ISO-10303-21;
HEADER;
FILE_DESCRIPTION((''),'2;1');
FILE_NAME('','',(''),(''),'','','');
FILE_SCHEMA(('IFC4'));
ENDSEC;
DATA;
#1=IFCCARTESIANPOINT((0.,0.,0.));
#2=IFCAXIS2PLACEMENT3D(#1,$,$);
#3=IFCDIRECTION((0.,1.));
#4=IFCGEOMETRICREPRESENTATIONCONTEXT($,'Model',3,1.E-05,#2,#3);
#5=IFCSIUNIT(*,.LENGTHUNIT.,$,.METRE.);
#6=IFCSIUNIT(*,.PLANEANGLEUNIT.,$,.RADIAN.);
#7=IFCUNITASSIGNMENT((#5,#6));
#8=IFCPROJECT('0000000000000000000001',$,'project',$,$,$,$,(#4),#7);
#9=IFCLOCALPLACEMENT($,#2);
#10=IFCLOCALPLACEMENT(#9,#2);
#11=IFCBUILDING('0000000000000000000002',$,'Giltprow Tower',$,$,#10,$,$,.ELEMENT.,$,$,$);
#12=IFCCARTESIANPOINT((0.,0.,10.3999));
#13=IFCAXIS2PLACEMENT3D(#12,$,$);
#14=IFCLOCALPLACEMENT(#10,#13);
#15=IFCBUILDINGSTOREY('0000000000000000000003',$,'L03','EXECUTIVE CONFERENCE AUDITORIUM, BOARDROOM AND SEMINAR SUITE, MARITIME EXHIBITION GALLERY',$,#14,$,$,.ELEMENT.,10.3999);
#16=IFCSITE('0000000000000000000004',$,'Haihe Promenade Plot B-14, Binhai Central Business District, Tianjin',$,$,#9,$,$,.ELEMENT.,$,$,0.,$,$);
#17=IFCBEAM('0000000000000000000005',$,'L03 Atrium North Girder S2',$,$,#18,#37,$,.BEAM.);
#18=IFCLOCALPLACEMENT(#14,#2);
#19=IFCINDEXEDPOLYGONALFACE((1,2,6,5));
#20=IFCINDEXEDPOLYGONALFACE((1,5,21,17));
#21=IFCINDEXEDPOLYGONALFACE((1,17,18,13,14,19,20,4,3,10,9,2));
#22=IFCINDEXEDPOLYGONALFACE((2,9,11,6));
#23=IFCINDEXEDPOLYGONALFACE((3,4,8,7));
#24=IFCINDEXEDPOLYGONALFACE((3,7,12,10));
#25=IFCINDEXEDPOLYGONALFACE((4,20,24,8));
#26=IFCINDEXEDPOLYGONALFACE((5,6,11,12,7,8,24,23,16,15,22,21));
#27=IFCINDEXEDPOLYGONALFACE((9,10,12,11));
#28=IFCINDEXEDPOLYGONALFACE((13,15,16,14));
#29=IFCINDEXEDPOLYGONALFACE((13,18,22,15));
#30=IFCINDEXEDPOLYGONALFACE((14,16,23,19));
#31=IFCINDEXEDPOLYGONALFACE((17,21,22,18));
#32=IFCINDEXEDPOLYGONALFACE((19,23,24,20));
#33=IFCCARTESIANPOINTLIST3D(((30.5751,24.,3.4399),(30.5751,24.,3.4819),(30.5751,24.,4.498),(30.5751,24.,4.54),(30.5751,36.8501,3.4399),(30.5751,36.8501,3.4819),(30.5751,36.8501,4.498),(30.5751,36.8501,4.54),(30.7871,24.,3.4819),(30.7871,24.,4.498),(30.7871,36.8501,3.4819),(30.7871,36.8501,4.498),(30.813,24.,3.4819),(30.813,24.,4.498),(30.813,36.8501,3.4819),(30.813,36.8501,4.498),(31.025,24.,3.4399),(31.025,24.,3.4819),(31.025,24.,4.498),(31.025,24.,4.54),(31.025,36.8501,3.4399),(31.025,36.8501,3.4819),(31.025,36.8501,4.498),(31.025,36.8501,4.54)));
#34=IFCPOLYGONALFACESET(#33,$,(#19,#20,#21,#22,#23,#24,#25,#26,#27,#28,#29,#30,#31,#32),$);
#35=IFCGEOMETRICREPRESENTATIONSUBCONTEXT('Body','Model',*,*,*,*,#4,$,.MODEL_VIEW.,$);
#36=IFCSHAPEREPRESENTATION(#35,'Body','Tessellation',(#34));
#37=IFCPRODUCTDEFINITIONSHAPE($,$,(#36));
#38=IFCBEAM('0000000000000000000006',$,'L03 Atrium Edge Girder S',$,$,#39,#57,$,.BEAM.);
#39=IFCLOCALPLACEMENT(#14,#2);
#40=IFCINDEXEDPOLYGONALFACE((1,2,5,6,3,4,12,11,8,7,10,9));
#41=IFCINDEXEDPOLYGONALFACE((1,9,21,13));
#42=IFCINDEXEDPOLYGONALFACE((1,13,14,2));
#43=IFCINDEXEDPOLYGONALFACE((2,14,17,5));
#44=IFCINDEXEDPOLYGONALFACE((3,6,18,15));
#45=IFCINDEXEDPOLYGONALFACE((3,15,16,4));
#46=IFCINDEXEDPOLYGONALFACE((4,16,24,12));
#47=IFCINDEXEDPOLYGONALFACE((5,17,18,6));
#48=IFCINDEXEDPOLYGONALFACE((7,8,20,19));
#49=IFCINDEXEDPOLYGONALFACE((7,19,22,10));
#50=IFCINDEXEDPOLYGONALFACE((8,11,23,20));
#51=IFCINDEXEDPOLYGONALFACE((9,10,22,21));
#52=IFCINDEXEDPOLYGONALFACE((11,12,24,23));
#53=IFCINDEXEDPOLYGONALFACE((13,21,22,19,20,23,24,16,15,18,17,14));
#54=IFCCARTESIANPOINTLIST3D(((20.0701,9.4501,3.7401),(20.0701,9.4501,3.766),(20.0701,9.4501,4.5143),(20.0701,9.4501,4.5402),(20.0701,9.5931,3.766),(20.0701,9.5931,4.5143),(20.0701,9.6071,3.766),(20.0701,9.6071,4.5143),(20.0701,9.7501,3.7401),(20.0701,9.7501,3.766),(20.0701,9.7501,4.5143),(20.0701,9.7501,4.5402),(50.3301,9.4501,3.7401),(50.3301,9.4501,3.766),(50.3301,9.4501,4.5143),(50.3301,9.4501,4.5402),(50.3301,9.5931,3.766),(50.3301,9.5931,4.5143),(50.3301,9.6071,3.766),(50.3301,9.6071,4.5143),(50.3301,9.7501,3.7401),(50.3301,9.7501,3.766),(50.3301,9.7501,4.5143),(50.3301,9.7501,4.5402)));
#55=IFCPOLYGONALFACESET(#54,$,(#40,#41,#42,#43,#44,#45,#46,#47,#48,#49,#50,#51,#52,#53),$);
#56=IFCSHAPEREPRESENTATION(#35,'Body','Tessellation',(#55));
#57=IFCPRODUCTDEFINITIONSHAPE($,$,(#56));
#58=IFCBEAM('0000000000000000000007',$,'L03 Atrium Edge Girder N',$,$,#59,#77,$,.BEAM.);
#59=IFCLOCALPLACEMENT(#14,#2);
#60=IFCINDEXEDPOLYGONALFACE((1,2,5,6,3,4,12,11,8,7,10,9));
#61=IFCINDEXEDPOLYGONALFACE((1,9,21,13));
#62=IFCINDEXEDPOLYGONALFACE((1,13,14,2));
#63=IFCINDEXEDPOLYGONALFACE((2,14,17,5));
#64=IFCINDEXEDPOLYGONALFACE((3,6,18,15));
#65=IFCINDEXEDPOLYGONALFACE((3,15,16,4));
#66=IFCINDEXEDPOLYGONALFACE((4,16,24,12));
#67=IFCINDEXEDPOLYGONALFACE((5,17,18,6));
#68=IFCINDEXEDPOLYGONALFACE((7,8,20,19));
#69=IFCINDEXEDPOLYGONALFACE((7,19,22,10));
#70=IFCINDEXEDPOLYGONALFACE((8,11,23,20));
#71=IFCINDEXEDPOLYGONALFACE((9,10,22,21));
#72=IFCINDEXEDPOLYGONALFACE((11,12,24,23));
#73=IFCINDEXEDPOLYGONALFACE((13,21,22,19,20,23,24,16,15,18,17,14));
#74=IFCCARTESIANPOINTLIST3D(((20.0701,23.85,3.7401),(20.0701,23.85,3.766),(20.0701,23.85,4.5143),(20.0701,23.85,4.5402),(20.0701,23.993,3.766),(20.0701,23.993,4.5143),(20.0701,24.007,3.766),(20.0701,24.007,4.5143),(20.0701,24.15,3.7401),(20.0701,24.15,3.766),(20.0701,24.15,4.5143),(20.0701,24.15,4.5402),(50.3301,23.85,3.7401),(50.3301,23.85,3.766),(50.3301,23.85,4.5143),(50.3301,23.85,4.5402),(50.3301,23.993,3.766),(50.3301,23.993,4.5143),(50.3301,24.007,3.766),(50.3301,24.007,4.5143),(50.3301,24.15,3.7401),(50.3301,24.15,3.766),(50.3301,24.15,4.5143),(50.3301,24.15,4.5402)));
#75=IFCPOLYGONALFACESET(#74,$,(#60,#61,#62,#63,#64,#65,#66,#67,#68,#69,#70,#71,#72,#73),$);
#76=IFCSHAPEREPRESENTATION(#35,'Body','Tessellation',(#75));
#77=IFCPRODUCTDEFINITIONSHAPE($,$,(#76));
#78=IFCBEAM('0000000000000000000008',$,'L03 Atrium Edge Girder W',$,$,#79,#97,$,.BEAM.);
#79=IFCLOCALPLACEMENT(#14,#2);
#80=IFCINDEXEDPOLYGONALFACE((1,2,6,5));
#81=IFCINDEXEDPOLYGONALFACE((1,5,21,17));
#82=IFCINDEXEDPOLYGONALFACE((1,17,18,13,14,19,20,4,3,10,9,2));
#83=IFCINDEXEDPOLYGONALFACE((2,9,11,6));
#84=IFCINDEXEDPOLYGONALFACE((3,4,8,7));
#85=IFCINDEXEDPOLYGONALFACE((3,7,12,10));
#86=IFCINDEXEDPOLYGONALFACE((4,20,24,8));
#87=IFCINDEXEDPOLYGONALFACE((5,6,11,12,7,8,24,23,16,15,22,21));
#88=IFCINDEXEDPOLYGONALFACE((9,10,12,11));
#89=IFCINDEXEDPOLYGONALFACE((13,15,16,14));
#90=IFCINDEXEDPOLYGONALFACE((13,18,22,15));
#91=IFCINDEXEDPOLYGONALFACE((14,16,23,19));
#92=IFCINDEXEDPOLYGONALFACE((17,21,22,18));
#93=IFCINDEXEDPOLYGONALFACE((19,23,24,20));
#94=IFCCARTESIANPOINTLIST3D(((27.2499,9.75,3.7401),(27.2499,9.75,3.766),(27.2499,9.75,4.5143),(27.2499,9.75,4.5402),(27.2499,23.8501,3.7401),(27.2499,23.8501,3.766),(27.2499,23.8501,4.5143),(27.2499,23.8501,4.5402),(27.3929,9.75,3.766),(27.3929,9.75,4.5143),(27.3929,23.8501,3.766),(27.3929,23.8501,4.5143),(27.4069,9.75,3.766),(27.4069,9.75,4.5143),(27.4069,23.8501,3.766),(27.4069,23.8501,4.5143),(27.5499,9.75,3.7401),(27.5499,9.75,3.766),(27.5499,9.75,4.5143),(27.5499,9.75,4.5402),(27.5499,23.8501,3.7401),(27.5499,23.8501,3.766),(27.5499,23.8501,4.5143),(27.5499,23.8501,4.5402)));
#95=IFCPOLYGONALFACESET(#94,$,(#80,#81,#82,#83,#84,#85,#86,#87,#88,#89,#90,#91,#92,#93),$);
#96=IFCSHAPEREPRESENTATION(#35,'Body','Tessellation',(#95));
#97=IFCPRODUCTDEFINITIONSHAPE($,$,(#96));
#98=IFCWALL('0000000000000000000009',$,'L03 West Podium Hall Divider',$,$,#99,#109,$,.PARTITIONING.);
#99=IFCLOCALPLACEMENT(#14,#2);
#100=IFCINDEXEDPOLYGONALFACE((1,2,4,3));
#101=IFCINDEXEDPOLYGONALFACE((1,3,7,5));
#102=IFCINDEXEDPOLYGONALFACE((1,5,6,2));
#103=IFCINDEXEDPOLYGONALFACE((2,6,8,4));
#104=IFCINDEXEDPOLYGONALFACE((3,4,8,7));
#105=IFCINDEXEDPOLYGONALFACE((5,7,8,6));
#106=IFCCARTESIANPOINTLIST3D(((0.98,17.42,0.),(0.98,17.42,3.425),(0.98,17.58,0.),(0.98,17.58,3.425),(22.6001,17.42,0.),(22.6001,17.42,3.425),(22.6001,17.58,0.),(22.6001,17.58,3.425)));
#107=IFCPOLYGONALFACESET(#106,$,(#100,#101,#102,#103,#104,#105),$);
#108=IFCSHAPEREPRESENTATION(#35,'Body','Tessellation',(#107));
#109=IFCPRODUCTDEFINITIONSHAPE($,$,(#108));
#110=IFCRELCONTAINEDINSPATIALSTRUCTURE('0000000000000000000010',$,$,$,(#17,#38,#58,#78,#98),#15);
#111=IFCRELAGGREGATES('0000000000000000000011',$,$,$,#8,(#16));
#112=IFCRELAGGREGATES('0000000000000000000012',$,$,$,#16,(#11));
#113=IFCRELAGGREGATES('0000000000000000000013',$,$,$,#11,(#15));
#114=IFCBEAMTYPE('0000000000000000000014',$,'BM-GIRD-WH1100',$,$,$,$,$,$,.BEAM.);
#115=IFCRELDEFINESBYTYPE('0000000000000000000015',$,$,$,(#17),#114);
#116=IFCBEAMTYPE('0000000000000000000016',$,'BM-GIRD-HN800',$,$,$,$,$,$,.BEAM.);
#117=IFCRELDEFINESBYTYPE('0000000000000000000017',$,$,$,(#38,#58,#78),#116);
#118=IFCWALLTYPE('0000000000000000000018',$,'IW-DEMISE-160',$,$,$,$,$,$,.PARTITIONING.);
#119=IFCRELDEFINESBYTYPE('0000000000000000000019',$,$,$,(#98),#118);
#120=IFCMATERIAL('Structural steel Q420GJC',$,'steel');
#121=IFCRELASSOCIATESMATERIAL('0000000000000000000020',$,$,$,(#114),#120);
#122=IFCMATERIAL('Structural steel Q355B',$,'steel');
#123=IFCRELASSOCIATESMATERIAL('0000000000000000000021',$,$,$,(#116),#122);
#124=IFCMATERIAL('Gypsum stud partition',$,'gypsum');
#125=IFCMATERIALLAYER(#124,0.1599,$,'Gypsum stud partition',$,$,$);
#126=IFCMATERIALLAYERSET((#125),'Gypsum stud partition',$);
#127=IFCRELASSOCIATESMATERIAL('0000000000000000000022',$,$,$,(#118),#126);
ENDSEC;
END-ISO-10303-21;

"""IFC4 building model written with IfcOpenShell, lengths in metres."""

from ifc_helpers import new_model, si_unit, direction, frame, frame_2d, origin, origin_2d, place, context, subcontext, project, spatial, rectangle, i_section, extrude, source, transform, mapped, material, layer, layer_set, material_profile, profile_set, type_object, element, save


model = new_model("IFC4")

# Units and contexts
model_context = context("Model", 3, precision=1e-05, world=origin(), true_north=direction((0.0, 1.0)))
body_context = subcontext(model_context, "Body", "Model", "MODEL_VIEW")
ifc_project = project(units=[si_unit("LENGTHUNIT", "METRE"), si_unit("PLANEANGLEUNIT", "RADIAN")], contexts=[model_context])

# Site, building, storey
site_placement = place(None, origin())
site = spatial("IfcSite", under=ifc_project, at=site_placement, Name="Haihe Promenade Plot B-14, Binhai Central Business District, Tianjin", CompositionType="ELEMENT", RefElevation=0.0)
building_placement = place(site_placement, origin())
building = spatial("IfcBuilding", under=site, at=building_placement, Name="Giltprow Tower", CompositionType="ELEMENT")
storey_placement = place(building_placement, frame((0.0, 0.0, 10.3999)))
storey = spatial("IfcBuildingStorey", under=building, at=storey_placement, Name="L03", Description="EXECUTIVE CONFERENCE AUDITORIUM, BOARDROOM AND SEMINAR SUITE, MARITIME EXHIBITION GALLERY", CompositionType="ELEMENT", Elevation=10.3999)

# Shared definitions
ifc_material_1 = material(Name="Structural steel Q420GJC", Category="steel")

# Beams
ifc_material_profile_1 = material_profile(ifc_material_1, i_section(OverallWidth=0.45, OverallDepth=1.1001, WebThickness=0.0259, FlangeThickness=0.042, at=origin_2d()), Name="WH 1100x450x26x42")
ifc_profile_set_1 = profile_set([ifc_material_profile_1], Name="Structural steel Q420GJC")
beam_type_1 = type_object("IfcBeamType", Name="BM-GIRD-WH1100", PredefinedType="BEAM", material=ifc_profile_set_1)
shared_shape_1 = source(origin(), body_context, "Body", "SweptSolid", [
    extrude(i_section(OverallWidth=0.45, OverallDepth=1.1001, WebThickness=0.0259, FlangeThickness=0.042, at=origin_2d()), origin(), (0.0, 0.0, 1.0), 12.8501),
])
beam_1_placement = place(storey_placement, frame((30.8, 24.0, 3.99), z_axis=(0.0, 1.0, 0.0), x_axis=(-1.0, 0.0, 0.0)))
element("IfcBeam", 1, at=beam_1_placement, inside=storey, type_object=beam_type_1, Name="L03 Atrium North Girder S2", PredefinedType="BEAM", context=body_context, shape_type="MappedRepresentation", body=[
    mapped(shared_shape_1, transform((0.0, 0.0, 0.0), x_axis=(1.0, 0.0, 0.0), y_axis=(0.0, 1.0, 0.0), z_axis=(0.0, 0.0, 1.0), scale=1.0)),
])
ifc_material_2 = material(Name="Structural steel Q355B", Category="steel")
ifc_material_profile_2 = material_profile(ifc_material_2, i_section(OverallWidth=0.3, OverallDepth=0.8, WebThickness=0.0139, FlangeThickness=0.0259, at=origin_2d()), Name="HN 800x300x14x26")
ifc_profile_set_2 = profile_set([ifc_material_profile_2], Name="Structural steel Q355B")
beam_type_2 = type_object("IfcBeamType", Name="BM-GIRD-HN800", PredefinedType="BEAM", material=ifc_profile_set_2)
shared_shape_2 = source(origin(), body_context, "Body", "SweptSolid", [
    extrude(i_section(OverallWidth=0.3, OverallDepth=0.8, WebThickness=0.0139, FlangeThickness=0.0259, at=origin_2d()), origin(), (0.0, 0.0, 1.0), 30.26),
])
for number, where, z_axis, x_axis, name in (
    (2, (20.0701, 9.6001, 4.1401), (1.0, 0.0, 0.0), (0.0, 1.0, 0.0), "L03 Atrium Edge Girder S"),
    (3, (20.0701, 24.0, 4.1401), (1.0, 0.0, 0.0), (0.0, 1.0, 0.0), "L03 Atrium Edge Girder N"),
):
    element("IfcBeam", number, at=place(storey_placement, frame(where, z_axis=z_axis, x_axis=x_axis)), inside=storey, type_object=beam_type_2, Name=name, PredefinedType="BEAM", context=body_context, shape_type="MappedRepresentation", body=[
        mapped(shared_shape_2, transform((0.0, 0.0, 0.0), x_axis=(1.0, 0.0, 0.0), y_axis=(0.0, 1.0, 0.0), z_axis=(0.0, 0.0, 1.0), scale=1.0)),
    ])
shared_shape_3 = source(origin(), body_context, "Body", "SweptSolid", [
    extrude(i_section(OverallWidth=0.3, OverallDepth=0.8, WebThickness=0.0139, FlangeThickness=0.0259, at=origin_2d()), origin(), (0.0, 0.0, 1.0), 14.1001),
])
beam_2_placement = place(storey_placement, frame((27.3999, 9.75, 4.1401), z_axis=(0.0, 1.0, 0.0), x_axis=(-1.0, 0.0, 0.0)))
element("IfcBeam", 4, at=beam_2_placement, inside=storey, type_object=beam_type_2, Name="L03 Atrium Edge Girder W", PredefinedType="BEAM", context=body_context, shape_type="MappedRepresentation", body=[
    mapped(shared_shape_3, transform((0.0, 0.0, 0.0), x_axis=(1.0, 0.0, 0.0), y_axis=(0.0, 1.0, 0.0), z_axis=(0.0, 0.0, 1.0), scale=1.0)),
])

# Wall
ifc_material_3 = material(Name="Gypsum stud partition", Category="gypsum")
ifc_layer = layer(ifc_material_3, 0.1599, Name="Gypsum stud partition")
ifc_layer_set = layer_set([ifc_layer], Name="Gypsum stud partition")
wall_type = type_object("IfcWallType", Name="IW-DEMISE-160", PredefinedType="PARTITIONING", material=ifc_layer_set)
wall_placement = place(storey_placement, frame((0.98, 17.5, 0.0), z_axis=(0.0, 0.0, 1.0), x_axis=(1.0, 0.0, 0.0)))
element("IfcWall", 5, at=wall_placement, inside=storey, type_object=wall_type, Name="L03 West Podium Hall Divider", PredefinedType="PARTITIONING", context=body_context, shape_type="SweptSolid", body=[
    extrude(rectangle(XDim=21.6201, YDim=0.1599, at=frame_2d((10.8101, 0.0))), origin(), (0.0, 0.0, 1.0), 3.425),
])

save(model, "model.ifc")
